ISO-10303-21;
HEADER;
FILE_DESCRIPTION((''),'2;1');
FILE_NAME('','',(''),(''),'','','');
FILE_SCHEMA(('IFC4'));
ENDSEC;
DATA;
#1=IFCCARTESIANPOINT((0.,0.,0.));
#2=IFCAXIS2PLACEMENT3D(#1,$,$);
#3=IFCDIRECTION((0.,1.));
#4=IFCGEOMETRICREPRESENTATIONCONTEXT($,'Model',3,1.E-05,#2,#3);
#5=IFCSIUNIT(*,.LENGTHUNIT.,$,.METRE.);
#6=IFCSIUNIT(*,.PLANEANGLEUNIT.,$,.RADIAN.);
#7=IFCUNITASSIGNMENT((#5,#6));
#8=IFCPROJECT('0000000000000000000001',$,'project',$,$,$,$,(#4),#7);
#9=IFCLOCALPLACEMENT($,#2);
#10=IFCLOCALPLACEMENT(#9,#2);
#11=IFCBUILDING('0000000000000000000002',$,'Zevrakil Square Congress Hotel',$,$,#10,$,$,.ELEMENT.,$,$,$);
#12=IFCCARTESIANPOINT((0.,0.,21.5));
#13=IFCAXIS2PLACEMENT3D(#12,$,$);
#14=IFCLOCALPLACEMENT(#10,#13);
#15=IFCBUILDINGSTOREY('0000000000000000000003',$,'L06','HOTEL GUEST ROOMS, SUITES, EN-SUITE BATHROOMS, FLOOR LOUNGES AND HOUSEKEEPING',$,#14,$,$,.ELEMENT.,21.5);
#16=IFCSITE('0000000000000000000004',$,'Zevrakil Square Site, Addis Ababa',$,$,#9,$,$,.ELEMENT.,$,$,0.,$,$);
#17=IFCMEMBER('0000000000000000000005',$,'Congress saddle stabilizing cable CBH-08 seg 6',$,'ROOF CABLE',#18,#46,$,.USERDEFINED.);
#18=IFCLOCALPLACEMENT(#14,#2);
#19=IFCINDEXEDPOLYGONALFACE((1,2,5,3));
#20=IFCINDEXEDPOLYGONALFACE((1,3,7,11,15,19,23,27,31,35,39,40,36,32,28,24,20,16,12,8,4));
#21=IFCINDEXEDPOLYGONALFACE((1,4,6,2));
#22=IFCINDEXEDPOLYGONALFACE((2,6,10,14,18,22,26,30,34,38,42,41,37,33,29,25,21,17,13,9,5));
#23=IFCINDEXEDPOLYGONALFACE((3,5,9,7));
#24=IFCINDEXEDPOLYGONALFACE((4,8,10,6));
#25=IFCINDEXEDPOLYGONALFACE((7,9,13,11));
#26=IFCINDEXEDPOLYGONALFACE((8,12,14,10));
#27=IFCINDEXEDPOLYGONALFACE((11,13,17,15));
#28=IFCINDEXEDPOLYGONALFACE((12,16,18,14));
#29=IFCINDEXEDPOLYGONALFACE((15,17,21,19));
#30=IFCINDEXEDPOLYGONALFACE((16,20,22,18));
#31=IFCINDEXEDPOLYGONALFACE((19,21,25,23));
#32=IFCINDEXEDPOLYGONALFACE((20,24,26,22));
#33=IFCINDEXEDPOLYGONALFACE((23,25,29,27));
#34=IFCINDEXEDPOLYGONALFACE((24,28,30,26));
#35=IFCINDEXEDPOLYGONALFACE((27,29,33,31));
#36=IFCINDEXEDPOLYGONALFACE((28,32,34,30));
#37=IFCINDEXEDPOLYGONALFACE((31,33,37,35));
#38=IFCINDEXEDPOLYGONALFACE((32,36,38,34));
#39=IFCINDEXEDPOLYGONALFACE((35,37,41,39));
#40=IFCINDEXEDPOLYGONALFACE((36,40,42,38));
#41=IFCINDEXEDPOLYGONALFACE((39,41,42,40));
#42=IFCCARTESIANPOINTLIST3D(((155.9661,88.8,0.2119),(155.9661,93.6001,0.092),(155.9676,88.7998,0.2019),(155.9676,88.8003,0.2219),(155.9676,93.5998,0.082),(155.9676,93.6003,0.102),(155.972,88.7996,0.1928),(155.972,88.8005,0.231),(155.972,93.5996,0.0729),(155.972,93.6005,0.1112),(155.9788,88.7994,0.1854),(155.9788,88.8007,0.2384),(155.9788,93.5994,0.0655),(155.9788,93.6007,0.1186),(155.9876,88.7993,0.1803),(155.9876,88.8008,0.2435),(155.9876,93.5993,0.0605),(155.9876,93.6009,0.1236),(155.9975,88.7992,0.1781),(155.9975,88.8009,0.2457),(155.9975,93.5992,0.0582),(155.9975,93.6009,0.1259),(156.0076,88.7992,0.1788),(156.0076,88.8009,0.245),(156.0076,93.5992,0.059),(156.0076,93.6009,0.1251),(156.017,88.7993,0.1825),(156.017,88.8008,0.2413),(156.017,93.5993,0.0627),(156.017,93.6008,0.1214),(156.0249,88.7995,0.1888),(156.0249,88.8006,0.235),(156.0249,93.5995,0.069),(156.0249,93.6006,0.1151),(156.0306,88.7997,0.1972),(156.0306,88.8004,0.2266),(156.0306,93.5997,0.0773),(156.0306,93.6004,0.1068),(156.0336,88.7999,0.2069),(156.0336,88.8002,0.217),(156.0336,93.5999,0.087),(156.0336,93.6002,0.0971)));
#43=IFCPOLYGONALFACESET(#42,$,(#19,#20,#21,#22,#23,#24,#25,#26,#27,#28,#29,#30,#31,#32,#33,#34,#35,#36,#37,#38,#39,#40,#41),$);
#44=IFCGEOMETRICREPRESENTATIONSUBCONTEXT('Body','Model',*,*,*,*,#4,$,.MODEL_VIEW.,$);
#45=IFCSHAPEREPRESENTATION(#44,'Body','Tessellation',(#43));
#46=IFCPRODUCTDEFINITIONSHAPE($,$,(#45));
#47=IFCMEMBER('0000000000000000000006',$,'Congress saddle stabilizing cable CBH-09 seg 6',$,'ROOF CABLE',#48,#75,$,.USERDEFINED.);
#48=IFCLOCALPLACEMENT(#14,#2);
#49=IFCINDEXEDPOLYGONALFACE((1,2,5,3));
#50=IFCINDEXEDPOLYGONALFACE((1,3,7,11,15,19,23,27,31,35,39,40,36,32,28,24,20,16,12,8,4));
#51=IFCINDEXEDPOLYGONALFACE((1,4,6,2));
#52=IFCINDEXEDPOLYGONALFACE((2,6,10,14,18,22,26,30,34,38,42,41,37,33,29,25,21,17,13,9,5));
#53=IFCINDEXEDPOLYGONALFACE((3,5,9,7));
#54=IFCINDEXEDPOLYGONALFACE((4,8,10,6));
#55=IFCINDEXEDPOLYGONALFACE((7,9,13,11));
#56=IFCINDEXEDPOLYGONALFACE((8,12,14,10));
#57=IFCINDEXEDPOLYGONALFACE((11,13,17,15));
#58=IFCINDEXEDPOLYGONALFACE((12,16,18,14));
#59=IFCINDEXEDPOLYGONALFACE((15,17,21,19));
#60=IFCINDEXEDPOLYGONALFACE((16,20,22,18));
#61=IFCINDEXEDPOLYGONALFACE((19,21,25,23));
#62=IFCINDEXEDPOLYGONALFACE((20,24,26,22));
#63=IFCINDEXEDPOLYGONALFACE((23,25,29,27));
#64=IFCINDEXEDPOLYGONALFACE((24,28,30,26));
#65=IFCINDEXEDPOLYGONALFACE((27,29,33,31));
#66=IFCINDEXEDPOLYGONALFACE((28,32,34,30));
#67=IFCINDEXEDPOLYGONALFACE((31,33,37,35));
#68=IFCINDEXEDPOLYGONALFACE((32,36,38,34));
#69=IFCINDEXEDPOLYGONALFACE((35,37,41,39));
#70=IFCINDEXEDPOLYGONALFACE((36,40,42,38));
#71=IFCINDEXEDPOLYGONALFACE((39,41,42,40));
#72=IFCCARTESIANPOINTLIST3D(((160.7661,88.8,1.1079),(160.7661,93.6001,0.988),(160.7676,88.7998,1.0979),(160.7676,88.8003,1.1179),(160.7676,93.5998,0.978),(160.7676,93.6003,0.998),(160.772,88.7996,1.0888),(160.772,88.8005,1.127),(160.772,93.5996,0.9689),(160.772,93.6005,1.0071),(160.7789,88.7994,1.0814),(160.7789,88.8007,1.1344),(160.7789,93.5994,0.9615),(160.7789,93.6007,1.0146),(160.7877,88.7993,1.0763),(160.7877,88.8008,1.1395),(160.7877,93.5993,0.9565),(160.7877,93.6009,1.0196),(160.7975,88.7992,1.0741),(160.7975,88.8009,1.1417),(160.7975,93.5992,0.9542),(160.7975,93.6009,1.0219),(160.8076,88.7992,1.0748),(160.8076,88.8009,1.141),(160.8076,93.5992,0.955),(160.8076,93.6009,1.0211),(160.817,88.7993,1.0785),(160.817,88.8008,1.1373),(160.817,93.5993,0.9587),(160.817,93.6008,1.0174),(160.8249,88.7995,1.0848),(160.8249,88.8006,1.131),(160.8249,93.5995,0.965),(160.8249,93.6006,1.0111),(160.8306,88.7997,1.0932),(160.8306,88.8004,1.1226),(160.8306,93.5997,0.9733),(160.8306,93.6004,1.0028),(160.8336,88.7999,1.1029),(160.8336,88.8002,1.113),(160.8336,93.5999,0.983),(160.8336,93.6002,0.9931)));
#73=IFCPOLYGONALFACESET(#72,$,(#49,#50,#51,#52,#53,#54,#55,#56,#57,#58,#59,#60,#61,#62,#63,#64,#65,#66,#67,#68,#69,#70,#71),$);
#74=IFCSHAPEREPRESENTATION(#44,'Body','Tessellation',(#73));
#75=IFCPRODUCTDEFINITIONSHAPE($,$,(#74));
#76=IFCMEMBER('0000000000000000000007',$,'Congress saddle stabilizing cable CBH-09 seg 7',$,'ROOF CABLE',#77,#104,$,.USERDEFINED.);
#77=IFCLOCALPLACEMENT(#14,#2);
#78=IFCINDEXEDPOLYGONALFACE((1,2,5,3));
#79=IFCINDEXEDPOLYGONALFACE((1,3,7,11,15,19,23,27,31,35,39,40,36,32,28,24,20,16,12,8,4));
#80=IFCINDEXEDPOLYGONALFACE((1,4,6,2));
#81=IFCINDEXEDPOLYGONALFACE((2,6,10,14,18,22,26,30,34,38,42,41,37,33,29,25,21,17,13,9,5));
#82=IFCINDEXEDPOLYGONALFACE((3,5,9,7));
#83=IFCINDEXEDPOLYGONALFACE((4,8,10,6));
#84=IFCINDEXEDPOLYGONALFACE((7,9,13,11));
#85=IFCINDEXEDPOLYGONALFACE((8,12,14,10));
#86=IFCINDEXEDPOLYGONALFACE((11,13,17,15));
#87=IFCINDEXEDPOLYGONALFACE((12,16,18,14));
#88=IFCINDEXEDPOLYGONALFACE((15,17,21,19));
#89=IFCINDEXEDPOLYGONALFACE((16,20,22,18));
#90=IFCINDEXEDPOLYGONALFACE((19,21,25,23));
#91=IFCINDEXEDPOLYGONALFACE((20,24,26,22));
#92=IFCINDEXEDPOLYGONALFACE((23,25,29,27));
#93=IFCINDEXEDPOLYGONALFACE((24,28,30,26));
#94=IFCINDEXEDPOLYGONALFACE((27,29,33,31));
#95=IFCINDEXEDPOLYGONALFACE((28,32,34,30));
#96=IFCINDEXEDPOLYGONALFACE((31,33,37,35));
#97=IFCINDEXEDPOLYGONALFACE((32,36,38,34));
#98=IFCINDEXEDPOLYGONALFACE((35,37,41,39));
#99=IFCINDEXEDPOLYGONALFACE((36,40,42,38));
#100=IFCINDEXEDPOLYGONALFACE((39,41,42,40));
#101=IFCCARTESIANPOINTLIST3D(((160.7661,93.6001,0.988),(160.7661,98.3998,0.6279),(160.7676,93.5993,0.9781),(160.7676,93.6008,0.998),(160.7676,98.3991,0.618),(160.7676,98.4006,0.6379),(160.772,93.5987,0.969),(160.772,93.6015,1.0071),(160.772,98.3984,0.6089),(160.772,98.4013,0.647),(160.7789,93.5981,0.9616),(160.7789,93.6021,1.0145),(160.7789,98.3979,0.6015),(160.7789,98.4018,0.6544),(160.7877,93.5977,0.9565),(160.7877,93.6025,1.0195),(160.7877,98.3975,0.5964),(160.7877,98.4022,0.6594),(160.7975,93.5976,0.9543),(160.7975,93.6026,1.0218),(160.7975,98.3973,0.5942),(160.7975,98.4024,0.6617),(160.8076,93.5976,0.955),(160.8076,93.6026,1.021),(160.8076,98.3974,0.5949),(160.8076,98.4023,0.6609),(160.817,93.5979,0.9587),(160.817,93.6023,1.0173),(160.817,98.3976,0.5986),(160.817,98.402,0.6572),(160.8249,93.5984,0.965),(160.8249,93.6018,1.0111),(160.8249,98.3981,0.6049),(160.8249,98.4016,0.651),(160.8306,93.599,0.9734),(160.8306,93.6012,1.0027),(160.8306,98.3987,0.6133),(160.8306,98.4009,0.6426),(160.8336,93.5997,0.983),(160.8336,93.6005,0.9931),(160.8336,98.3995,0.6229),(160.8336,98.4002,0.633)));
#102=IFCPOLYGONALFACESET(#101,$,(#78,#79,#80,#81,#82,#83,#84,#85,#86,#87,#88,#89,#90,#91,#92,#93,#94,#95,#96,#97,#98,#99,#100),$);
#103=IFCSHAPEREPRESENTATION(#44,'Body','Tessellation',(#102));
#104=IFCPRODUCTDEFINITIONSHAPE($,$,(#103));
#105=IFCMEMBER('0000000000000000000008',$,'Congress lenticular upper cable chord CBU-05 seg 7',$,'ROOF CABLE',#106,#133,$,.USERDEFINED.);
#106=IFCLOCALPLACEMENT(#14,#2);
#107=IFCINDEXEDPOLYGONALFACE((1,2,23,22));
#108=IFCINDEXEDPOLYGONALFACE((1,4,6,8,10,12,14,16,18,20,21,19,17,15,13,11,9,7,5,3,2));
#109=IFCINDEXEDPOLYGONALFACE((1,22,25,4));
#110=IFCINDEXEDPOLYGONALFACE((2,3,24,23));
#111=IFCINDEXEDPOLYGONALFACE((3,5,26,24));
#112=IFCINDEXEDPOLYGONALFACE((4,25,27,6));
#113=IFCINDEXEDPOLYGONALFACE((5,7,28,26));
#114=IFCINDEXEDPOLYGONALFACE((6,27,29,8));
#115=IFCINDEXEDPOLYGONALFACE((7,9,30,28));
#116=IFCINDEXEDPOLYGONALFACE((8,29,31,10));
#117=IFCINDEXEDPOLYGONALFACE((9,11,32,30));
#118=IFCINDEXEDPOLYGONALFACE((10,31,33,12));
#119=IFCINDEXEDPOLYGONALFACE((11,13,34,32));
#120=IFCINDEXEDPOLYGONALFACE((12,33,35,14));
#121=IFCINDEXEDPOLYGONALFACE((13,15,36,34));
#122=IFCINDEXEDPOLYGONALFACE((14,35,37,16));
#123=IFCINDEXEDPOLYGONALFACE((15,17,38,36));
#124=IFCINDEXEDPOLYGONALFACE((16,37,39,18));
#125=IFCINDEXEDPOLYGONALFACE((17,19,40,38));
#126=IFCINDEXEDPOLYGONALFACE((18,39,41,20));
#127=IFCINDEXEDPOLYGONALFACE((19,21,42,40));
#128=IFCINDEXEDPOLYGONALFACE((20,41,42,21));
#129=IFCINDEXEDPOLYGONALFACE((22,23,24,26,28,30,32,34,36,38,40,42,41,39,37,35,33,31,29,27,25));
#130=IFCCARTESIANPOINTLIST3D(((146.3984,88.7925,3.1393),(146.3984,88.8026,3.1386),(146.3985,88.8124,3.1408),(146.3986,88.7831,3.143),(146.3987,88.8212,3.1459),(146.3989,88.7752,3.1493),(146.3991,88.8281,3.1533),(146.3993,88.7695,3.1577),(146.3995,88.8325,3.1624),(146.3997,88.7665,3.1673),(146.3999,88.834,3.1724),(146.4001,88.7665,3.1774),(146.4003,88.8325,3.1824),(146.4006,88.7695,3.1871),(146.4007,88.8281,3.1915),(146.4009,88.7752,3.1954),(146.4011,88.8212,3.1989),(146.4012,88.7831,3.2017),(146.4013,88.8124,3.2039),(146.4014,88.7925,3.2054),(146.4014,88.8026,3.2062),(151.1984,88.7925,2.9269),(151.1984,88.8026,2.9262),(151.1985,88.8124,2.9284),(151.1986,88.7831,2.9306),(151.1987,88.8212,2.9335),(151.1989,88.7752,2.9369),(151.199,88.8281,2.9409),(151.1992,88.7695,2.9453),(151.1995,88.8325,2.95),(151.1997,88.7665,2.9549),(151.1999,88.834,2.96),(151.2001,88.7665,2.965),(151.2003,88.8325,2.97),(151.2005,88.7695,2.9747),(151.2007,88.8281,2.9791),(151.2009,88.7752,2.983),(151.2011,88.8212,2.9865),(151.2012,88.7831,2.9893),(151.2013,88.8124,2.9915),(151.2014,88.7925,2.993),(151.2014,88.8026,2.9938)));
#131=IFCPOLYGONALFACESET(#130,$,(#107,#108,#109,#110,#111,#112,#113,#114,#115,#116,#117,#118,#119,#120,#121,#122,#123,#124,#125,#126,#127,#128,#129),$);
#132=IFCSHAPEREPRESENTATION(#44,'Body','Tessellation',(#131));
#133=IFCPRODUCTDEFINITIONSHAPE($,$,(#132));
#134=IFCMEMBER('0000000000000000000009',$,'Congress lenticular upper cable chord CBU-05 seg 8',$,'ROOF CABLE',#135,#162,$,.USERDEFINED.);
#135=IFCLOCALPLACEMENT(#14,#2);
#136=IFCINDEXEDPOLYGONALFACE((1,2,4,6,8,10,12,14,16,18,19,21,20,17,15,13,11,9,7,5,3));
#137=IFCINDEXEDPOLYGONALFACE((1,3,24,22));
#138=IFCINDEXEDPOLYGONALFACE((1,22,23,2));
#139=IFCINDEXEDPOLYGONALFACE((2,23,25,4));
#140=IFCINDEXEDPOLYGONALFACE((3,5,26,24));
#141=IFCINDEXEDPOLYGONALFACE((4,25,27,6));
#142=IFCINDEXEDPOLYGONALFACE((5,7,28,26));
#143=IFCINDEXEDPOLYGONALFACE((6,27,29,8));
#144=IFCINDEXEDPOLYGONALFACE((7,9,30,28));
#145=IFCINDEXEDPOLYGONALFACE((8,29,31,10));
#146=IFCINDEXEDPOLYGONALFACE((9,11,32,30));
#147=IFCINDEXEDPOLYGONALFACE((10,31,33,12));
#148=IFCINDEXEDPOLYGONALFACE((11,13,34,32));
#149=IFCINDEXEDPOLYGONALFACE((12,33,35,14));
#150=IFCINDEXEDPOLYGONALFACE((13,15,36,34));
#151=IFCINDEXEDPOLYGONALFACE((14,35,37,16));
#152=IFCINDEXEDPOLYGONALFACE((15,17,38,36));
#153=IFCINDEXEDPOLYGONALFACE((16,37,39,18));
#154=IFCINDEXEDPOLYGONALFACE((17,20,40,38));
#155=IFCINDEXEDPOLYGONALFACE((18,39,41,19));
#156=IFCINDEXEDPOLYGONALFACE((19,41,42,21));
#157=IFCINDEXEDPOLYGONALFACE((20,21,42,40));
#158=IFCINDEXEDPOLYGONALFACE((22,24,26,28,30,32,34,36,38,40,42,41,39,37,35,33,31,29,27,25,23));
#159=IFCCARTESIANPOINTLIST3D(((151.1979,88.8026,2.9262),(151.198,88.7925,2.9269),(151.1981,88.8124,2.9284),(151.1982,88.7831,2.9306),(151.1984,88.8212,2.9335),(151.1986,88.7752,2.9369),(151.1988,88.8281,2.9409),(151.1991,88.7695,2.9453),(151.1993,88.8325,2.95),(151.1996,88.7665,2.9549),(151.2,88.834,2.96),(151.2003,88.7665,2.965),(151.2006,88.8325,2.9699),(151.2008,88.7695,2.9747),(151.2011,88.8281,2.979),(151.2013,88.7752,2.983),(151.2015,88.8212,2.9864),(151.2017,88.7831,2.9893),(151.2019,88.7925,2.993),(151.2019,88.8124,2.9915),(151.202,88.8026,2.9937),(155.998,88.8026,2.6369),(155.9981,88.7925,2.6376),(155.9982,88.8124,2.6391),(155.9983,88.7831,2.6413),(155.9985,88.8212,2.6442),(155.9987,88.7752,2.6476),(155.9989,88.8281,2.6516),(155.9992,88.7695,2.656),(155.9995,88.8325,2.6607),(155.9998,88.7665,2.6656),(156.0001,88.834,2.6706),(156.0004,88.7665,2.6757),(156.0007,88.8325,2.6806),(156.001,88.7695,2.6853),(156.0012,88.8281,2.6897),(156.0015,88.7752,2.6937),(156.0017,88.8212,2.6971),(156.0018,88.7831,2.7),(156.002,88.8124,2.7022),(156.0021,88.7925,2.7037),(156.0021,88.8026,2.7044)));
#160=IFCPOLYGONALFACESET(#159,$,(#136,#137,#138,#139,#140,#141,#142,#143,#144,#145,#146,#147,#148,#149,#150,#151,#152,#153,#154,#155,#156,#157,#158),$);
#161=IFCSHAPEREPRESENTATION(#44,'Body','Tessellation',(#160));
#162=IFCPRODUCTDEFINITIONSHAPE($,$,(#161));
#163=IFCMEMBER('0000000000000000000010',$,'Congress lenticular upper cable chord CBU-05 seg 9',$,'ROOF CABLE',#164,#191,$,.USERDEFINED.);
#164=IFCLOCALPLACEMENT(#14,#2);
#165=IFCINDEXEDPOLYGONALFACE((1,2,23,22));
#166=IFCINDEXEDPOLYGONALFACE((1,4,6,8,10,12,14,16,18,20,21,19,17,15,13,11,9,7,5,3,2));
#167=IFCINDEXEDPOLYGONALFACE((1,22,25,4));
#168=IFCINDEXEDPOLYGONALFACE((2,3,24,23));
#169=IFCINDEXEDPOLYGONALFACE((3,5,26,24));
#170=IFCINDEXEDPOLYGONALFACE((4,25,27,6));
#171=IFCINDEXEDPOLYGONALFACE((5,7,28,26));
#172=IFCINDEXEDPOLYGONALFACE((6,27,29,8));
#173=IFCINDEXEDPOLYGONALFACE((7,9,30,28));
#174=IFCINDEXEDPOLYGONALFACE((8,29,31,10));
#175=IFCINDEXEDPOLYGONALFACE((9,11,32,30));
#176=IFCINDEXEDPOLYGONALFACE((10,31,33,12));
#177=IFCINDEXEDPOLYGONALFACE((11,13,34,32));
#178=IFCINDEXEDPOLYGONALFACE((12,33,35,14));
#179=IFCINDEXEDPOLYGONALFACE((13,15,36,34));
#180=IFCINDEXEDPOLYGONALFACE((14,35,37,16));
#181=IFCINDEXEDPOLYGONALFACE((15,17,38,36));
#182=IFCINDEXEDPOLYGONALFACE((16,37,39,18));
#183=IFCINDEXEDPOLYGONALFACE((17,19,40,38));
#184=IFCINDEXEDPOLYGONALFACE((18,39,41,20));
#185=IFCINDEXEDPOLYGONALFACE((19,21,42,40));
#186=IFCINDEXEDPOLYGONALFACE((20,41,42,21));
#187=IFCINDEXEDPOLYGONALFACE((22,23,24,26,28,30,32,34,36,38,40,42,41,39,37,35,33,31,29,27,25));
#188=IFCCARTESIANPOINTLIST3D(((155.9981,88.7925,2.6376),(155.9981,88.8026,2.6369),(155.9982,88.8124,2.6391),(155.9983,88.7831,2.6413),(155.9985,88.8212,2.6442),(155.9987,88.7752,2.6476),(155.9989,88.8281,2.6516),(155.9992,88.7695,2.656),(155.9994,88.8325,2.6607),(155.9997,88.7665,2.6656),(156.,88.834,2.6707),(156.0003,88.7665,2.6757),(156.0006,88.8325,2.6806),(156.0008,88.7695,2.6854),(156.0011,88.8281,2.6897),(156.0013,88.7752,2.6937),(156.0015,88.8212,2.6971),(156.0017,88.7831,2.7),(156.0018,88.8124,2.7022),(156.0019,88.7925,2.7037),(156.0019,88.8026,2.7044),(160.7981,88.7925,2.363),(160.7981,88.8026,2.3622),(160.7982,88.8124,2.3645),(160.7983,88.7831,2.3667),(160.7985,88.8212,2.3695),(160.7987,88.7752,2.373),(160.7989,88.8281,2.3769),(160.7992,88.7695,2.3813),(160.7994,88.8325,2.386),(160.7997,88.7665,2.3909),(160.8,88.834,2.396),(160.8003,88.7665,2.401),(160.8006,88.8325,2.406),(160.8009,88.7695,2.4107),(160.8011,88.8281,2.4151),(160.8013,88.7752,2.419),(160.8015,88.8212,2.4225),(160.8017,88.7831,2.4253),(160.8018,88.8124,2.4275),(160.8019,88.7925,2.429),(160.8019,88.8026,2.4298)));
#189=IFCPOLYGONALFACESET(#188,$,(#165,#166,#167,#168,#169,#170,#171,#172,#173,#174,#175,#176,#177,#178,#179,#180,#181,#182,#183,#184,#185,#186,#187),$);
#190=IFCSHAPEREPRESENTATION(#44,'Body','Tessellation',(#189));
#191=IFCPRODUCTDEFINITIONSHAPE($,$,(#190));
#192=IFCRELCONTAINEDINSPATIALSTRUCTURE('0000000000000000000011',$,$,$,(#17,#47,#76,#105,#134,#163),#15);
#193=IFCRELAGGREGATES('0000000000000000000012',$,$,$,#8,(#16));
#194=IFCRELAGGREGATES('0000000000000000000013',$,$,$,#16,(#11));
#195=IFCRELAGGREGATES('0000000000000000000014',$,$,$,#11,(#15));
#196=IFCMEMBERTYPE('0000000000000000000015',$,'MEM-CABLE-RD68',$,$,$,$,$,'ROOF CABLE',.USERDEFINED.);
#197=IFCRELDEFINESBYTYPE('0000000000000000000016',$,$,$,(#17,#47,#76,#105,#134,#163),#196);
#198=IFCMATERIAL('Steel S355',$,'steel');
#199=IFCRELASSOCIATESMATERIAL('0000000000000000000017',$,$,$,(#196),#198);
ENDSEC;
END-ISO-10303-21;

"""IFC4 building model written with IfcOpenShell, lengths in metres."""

from ifc_helpers import new_model, si_unit, direction, frame, origin, origin_2d, place, context, subcontext, project, spatial, circle, extrude, material, material_profile, profile_set, type_object, element, save


model = new_model("IFC4")

# Units and contexts
model_context = context("Model", 3, precision=1e-05, world=origin(), true_north=direction((0.0, 1.0)))
body_context = subcontext(model_context, "Body", "Model", "MODEL_VIEW")
ifc_project = project(units=[si_unit("LENGTHUNIT", "METRE"), si_unit("PLANEANGLEUNIT", "RADIAN")], contexts=[model_context])

# Site, building, storey
site_placement = place(None, origin())
site = spatial("IfcSite", under=ifc_project, at=site_placement, Name="Zevrakil Square Site, Addis Ababa", CompositionType="ELEMENT", RefElevation=0.0)
building_placement = place(site_placement, origin())
building = spatial("IfcBuilding", under=site, at=building_placement, Name="Zevrakil Square Congress Hotel", CompositionType="ELEMENT")
storey_placement = place(building_placement, frame((0.0, 0.0, 21.5)))
storey = spatial("IfcBuildingStorey", under=building, at=storey_placement, Name="L06", Description="HOTEL GUEST ROOMS, SUITES, EN-SUITE BATHROOMS, FLOOR LOUNGES AND HOUSEKEEPING", CompositionType="ELEMENT", Elevation=21.5)

# Members
ifc_material_1 = material(Name="Steel S355", Category="steel")
ifc_material_profile_1 = material_profile(ifc_material_1, circle(Radius=0.0339, at=origin_2d()), Name="CABLE RD68")
ifc_profile_set_1 = profile_set([ifc_material_profile_1], Name="Steel S355")
member_type_1 = type_object("IfcMemberType", Name="MEM-CABLE-RD68", ElementType="ROOF CABLE", PredefinedType="USERDEFINED", material=ifc_profile_set_1)
for number, where, z_axis, x_axis, name in (
    (1, (156.0, 88.8, 0.2119), (0.0, 0.999688, -0.024966), (-1.0, 0.0, 0.0), "Congress saddle stabilizing cable CBH-08 seg 6"),
    (2, (160.8, 88.8, 1.1079), (0.0, 0.999688, -0.024966), (-1.0, 0.0, 0.0), "Congress saddle stabilizing cable CBH-09 seg 6"),
):
    element("IfcMember", number, at=place(storey_placement, frame(where, z_axis=z_axis, x_axis=x_axis)), inside=storey, type_object=member_type_1, Name=name, ObjectType="ROOF CABLE", PredefinedType="USERDEFINED", context=body_context, shape_type="SweptSolid", body=[
        extrude(circle(Radius=0.0339, at=origin_2d()), origin(), (0.0, 0.0, 1.0), 4.8015),
    ])
member_1_placement = place(storey_placement, frame((160.8, 93.6001, 0.988), z_axis=(0.0, 0.997197, -0.074815), x_axis=(-1.0, 0.0, 0.0)))
element("IfcMember", 3, at=member_1_placement, inside=storey, type_object=member_type_1, Name="Congress saddle stabilizing cable CBH-09 seg 7", ObjectType="ROOF CABLE", PredefinedType="USERDEFINED", context=body_context, shape_type="SweptSolid", body=[
    extrude(circle(Radius=0.0339, at=origin_2d()), origin(), (0.0, 0.0, 1.0), 4.8132),
])
member_2_placement = place(storey_placement, frame((146.3999, 88.8, 3.1724), z_axis=(0.999022, 0.0, -0.044207), x_axis=(0.0, 1.0, 0.0)))
element("IfcMember", 4, at=member_2_placement, inside=storey, type_object=member_type_1, Name="Congress lenticular upper cable chord CBU-05 seg 7", ObjectType="ROOF CABLE", PredefinedType="USERDEFINED", context=body_context, shape_type="SweptSolid", body=[
    extrude(circle(Radius=0.0339, at=origin_2d()), origin(), (0.0, 0.0, 1.0), 4.8047),
])
member_3_placement = place(storey_placement, frame((151.2, 88.8, 2.96), z_axis=(0.998189, 0.0, -0.060162), x_axis=(0.0, 1.0, 0.0)))
element("IfcMember", 5, at=member_3_placement, inside=storey, type_object=member_type_1, Name="Congress lenticular upper cable chord CBU-05 seg 8", ObjectType="ROOF CABLE", PredefinedType="USERDEFINED", context=body_context, shape_type="SweptSolid", body=[
    extrude(circle(Radius=0.0339, at=origin_2d()), origin(), (0.0, 0.0, 1.0), 4.8088),
])
member_4_placement = place(storey_placement, frame((156.0, 88.8, 2.6707), z_axis=(0.998367, 0.0, -0.057126), x_axis=(0.0, 1.0, 0.0)))
element("IfcMember", 6, at=member_4_placement, inside=storey, type_object=member_type_1, Name="Congress lenticular upper cable chord CBU-05 seg 9", ObjectType="ROOF CABLE", PredefinedType="USERDEFINED", context=body_context, shape_type="SweptSolid", body=[
    extrude(circle(Radius=0.0339, at=origin_2d()), origin(), (0.0, 0.0, 1.0), 4.8079),
])

save(model, "model.ifc")
